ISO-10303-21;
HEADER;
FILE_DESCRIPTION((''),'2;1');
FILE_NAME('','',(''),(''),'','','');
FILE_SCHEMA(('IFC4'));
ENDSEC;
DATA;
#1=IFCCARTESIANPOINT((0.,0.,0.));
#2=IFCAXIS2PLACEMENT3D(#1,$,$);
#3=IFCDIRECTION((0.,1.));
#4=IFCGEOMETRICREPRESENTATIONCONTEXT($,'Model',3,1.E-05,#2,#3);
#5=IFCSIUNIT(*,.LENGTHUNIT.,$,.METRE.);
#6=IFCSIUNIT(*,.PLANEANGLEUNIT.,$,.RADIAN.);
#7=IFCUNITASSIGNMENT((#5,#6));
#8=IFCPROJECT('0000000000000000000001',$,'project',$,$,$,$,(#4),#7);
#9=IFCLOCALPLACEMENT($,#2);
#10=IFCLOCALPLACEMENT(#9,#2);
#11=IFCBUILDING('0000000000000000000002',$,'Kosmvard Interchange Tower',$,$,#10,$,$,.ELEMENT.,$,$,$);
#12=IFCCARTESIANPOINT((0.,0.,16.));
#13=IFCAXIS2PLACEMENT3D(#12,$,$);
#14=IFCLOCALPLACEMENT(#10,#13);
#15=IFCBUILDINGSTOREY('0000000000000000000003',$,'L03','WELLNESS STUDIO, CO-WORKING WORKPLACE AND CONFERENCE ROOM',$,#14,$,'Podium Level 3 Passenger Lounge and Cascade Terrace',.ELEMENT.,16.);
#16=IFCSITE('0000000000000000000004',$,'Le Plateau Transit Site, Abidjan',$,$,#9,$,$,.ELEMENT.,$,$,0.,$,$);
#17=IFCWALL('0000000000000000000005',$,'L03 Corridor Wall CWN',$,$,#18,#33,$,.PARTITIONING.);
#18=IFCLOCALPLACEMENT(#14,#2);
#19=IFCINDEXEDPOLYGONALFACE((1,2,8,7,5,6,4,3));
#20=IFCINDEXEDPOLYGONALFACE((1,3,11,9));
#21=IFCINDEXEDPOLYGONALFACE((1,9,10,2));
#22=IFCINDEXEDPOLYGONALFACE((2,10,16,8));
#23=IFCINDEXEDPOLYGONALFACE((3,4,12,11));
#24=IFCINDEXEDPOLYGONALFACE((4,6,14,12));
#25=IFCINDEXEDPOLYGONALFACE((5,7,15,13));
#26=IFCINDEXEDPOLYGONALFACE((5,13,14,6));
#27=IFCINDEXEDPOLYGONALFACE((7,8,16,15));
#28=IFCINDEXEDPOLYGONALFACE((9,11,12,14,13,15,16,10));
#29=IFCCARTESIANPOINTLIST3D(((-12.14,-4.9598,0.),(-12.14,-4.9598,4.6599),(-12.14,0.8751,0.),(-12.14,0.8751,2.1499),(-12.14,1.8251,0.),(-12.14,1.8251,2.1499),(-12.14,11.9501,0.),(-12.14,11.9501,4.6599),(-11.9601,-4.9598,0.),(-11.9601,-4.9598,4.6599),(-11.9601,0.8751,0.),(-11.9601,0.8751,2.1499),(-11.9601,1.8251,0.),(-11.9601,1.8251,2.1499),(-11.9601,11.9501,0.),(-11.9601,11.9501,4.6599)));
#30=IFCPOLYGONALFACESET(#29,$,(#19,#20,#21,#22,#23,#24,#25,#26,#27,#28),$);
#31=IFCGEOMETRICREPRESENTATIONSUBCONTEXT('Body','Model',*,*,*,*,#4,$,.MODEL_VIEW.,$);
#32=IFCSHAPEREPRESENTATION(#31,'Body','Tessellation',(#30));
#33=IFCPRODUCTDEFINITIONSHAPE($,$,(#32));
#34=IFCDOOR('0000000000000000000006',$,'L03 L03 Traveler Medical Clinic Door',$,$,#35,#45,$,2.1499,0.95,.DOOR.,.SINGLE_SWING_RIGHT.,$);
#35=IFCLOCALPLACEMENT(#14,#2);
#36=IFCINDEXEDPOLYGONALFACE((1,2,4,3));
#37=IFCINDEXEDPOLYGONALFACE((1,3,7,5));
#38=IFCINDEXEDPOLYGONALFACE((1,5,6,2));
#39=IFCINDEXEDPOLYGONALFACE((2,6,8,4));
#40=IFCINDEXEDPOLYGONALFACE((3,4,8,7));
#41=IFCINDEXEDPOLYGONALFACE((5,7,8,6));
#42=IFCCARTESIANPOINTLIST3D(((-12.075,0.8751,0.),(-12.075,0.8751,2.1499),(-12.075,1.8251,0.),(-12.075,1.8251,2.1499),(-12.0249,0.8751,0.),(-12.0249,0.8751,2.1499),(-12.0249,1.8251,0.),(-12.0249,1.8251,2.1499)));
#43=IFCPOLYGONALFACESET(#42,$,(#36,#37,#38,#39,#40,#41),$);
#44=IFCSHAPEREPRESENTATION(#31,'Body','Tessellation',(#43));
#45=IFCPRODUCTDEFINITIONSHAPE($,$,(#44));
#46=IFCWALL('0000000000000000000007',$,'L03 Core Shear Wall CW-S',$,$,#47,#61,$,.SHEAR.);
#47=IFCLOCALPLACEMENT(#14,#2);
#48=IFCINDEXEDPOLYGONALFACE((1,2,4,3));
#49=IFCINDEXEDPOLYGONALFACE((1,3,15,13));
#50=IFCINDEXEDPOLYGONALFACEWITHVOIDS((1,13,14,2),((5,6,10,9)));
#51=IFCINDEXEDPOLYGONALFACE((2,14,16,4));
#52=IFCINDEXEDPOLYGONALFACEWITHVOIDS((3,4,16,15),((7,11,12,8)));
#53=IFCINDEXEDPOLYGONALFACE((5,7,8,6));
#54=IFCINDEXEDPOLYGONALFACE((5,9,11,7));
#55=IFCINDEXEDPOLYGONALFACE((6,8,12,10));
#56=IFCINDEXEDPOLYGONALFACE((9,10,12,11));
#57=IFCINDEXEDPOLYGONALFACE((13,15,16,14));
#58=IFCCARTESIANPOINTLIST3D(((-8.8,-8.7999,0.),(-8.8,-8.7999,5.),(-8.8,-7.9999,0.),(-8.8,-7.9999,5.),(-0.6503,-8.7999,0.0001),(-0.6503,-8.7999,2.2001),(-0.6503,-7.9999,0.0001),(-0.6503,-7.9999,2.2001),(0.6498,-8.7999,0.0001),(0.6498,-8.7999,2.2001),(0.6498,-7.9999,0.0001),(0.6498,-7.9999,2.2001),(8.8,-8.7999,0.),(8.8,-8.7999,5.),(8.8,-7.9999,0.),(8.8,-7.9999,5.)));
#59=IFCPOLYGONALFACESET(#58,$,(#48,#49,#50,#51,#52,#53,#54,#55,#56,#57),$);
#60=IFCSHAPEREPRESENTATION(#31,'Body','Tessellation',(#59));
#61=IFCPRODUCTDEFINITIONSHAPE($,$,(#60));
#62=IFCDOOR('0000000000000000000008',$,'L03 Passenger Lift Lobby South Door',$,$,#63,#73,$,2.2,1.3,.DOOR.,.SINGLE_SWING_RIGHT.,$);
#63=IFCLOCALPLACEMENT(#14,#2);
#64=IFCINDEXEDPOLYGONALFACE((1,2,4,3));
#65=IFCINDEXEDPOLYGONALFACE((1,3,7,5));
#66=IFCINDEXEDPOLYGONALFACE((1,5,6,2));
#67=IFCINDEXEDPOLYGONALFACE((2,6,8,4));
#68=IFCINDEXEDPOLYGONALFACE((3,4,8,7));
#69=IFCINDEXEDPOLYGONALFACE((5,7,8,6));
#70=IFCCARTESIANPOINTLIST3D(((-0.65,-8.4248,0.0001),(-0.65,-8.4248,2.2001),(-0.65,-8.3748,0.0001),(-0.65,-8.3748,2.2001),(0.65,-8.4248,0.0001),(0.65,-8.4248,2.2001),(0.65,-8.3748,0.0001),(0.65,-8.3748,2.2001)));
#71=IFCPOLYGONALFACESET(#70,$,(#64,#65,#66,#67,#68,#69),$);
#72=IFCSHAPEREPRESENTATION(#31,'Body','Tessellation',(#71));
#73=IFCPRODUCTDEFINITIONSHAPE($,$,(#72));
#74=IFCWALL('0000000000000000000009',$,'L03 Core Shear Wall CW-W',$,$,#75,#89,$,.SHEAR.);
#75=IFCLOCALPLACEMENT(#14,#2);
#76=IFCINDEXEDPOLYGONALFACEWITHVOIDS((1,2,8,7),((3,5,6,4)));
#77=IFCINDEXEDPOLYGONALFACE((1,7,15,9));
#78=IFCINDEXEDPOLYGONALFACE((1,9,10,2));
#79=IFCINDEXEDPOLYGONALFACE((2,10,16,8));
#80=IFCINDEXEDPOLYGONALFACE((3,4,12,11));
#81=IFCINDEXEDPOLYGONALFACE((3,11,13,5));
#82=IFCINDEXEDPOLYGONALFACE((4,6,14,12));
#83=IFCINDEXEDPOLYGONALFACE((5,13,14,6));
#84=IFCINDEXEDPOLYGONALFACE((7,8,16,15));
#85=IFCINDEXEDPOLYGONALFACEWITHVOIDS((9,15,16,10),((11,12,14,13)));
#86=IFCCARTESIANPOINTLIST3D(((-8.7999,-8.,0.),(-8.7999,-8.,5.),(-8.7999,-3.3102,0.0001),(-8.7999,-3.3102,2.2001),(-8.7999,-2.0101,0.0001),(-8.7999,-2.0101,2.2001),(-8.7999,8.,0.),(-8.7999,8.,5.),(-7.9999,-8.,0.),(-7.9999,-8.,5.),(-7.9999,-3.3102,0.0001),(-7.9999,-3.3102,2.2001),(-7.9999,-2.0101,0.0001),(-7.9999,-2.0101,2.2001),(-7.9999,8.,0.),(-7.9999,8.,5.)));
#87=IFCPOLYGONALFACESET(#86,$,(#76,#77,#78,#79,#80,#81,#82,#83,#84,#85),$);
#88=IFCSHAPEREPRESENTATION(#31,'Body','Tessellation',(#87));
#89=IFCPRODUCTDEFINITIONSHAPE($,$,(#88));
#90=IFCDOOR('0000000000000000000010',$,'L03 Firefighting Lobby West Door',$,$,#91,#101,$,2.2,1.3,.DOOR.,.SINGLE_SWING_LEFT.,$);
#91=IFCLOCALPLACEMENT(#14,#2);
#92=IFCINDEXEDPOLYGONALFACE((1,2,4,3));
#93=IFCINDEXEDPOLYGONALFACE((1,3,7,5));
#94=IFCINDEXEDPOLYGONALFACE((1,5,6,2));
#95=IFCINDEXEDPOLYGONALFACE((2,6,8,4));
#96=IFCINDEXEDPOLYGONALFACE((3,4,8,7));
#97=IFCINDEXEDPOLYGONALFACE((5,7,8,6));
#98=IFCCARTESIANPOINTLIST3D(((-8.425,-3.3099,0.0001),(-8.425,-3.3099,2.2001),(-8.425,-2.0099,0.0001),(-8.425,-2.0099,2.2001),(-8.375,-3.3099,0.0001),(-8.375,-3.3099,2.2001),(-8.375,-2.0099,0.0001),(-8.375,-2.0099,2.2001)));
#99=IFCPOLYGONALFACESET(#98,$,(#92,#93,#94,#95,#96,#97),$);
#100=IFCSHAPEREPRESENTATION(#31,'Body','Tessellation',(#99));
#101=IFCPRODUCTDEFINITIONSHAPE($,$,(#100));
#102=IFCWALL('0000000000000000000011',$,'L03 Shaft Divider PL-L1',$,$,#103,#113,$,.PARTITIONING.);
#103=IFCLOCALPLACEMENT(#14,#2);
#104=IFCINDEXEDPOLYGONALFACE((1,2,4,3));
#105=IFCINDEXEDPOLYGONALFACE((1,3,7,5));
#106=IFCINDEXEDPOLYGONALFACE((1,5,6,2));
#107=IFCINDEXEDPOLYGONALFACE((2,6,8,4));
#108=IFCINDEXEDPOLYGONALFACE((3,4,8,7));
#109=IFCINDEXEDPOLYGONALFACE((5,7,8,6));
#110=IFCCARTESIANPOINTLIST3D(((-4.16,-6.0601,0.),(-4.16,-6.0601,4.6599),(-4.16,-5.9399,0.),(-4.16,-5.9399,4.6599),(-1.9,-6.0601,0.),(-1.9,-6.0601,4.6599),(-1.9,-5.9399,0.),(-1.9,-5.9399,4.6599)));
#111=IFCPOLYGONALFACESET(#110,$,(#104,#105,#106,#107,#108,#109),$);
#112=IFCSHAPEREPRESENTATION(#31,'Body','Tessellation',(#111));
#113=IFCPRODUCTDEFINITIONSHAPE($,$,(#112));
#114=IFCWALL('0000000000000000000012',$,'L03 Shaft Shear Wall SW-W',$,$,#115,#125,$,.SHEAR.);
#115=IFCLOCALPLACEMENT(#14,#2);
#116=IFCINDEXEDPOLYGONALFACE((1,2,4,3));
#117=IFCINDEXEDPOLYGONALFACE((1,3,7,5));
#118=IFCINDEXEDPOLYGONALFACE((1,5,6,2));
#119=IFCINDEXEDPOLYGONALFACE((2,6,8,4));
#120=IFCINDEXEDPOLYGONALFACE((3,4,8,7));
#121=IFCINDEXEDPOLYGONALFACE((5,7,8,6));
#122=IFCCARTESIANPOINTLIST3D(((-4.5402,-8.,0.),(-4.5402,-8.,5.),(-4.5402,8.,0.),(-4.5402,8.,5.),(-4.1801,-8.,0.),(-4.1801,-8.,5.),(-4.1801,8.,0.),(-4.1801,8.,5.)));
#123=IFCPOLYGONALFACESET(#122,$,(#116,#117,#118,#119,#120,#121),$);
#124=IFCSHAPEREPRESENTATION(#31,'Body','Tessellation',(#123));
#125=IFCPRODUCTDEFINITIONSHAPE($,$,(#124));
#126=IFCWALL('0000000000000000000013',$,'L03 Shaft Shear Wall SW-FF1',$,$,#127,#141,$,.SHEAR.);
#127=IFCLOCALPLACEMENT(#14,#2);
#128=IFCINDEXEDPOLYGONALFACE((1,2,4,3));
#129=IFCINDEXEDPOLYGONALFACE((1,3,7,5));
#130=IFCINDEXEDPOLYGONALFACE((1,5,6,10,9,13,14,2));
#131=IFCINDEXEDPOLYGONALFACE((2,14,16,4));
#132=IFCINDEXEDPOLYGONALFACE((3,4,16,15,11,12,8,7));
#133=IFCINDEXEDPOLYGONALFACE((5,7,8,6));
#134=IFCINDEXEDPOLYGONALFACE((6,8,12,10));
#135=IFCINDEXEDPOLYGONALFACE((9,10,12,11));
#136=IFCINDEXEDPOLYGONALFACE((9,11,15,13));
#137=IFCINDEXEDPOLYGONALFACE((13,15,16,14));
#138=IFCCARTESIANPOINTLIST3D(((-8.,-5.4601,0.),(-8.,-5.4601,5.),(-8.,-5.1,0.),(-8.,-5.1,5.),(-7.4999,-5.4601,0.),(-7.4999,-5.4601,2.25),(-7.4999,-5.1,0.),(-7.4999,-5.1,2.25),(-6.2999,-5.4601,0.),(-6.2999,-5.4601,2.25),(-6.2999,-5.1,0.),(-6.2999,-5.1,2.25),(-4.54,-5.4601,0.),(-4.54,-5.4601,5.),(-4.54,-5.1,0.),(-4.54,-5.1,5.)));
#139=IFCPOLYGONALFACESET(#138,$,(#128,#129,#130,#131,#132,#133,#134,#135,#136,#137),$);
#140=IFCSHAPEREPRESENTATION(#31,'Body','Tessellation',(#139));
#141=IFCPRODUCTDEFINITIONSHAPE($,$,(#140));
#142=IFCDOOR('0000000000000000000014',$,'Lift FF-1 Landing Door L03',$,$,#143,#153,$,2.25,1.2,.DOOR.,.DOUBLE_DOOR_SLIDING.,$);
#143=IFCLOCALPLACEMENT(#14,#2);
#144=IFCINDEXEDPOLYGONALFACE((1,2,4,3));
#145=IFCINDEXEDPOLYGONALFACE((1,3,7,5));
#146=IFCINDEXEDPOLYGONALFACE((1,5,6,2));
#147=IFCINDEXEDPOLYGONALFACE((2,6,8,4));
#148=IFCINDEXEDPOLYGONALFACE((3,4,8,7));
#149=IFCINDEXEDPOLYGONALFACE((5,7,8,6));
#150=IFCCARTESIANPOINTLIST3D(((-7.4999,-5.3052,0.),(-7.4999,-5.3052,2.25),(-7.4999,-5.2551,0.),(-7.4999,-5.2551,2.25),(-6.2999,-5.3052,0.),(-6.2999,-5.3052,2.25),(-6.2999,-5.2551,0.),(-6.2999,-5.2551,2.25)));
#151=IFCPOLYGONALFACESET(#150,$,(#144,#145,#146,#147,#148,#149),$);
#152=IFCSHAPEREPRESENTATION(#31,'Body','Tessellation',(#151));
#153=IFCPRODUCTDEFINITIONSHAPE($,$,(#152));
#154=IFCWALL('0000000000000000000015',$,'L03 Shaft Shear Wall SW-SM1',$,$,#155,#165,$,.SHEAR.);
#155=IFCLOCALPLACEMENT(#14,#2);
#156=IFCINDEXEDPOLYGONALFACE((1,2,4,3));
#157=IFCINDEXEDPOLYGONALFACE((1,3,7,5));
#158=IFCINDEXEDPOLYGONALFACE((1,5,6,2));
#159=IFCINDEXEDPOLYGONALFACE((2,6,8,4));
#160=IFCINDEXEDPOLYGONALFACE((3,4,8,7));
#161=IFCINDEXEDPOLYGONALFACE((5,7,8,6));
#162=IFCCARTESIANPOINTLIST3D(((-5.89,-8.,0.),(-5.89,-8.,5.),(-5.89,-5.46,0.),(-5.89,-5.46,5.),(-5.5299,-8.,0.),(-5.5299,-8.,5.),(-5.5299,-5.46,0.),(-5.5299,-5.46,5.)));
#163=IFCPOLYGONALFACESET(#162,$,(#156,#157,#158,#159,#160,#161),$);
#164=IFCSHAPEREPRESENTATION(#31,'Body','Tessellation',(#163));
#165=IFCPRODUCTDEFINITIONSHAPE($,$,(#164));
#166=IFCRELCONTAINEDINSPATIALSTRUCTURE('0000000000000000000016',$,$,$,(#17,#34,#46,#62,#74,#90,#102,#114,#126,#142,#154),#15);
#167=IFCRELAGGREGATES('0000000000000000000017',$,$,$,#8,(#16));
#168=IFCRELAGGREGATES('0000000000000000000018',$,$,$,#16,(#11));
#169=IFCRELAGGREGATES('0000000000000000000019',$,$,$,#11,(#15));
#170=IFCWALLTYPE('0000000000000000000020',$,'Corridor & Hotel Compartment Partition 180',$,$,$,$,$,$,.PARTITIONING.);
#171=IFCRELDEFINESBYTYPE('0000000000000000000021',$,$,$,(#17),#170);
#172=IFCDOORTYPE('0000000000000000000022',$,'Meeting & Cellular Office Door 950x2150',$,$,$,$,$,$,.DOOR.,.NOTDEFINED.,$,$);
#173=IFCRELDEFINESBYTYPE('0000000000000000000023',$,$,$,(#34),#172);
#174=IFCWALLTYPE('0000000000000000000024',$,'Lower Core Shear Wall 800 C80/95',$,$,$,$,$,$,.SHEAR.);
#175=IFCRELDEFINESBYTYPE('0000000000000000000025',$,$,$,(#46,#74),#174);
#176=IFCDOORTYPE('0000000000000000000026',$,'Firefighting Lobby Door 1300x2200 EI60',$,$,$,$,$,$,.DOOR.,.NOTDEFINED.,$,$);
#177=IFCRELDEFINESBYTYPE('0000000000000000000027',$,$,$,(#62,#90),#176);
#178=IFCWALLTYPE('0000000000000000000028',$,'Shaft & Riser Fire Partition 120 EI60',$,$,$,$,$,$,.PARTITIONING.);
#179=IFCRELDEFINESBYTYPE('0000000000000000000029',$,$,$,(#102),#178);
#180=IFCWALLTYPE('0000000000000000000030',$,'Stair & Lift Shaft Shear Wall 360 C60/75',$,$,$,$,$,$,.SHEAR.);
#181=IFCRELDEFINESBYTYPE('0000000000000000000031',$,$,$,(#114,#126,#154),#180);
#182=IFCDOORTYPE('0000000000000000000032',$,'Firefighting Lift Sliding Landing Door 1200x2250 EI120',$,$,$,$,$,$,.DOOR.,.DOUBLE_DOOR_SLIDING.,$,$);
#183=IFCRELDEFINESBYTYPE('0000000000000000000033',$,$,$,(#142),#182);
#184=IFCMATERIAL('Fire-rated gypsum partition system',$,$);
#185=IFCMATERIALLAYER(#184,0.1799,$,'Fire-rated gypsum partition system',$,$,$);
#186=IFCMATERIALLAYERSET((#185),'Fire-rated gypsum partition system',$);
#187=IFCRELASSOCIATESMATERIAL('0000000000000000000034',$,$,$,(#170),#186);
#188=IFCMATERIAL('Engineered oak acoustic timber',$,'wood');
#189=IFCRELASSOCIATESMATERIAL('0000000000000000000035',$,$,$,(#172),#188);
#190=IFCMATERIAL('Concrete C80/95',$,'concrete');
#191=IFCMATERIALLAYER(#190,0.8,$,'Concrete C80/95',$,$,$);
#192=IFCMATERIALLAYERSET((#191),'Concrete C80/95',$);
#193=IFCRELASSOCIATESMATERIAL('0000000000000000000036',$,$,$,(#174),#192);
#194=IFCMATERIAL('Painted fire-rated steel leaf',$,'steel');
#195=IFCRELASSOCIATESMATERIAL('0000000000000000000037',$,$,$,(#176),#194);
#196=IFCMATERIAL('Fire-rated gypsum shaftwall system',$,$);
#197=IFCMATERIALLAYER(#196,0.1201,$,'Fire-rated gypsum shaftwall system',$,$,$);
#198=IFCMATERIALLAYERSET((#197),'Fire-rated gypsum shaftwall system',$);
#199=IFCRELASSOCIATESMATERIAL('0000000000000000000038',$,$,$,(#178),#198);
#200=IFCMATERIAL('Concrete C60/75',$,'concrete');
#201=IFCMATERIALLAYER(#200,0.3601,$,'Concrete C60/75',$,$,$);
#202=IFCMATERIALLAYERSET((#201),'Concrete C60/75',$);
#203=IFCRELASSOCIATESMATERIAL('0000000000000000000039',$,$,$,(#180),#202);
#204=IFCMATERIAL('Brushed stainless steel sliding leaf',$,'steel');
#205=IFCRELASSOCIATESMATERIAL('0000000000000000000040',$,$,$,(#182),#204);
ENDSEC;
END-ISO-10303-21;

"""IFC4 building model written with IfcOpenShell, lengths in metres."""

from ifc_helpers import new_model, si_unit, direction, frame, frame_2d, origin, place, context, subcontext, project, spatial, rectangle, extrude, source, transform, mapped, material, layer, layer_set, type_object, element, fill, save


model = new_model("IFC4")

# Units and contexts
model_context = context("Model", 3, precision=1e-05, world=origin(), true_north=direction((0.0, 1.0)))
body_context = subcontext(model_context, "Body", "Model", "MODEL_VIEW")
ifc_project = project(units=[si_unit("LENGTHUNIT", "METRE"), si_unit("PLANEANGLEUNIT", "RADIAN")], contexts=[model_context])

# Site, building, storey
site_placement = place(None, origin())
site = spatial("IfcSite", under=ifc_project, at=site_placement, Name="Le Plateau Transit Site, Abidjan", CompositionType="ELEMENT", RefElevation=0.0)
building_placement = place(site_placement, origin())
building = spatial("IfcBuilding", under=site, at=building_placement, Name="Kosmvard Interchange Tower", CompositionType="ELEMENT")
storey_placement = place(building_placement, frame((0.0, 0.0, 16.0)))
storey = spatial("IfcBuildingStorey", under=building, at=storey_placement, Name="L03", Description="WELLNESS STUDIO, CO-WORKING WORKPLACE AND CONFERENCE ROOM", LongName="Podium Level 3 Passenger Lounge and Cascade Terrace", CompositionType="ELEMENT", Elevation=16.0)

# Shared definitions
ifc_material_1 = material(Name="Concrete C80/95", Category="concrete")

# Shared definitions
ifc_material_2 = material(Name="Fire-rated gypsum partition system")
ifc_layer_1 = layer(ifc_material_2, 0.1799, Name="Fire-rated gypsum partition system")
ifc_layer_set_1 = layer_set([ifc_layer_1], Name="Fire-rated gypsum partition system")
wall_type_1 = type_object("IfcWallType", Name="Corridor & Hotel Compartment Partition 180", PredefinedType="PARTITIONING", material=ifc_layer_set_1)
ifc_material_3 = material(Name="Brushed stainless steel sliding leaf", Category="steel")

# Walls, openings, doors
wall_1_placement = place(storey_placement, frame((-12.05, -4.96, 0.0), z_axis=(0.0, 0.0, 1.0), x_axis=(0.0, 1.0, 0.0)))
wall_1 = element("IfcWall", 1, at=wall_1_placement, inside=storey, type_object=wall_type_1, Name="L03 Corridor Wall CWN", PredefinedType="PARTITIONING", context=body_context, shape_type="SweptSolid", body=[
    extrude(rectangle(XDim=16.9099, YDim=0.1799, at=frame_2d((8.4551, 0.0))), origin(), (0.0, 0.0, 1.0), 4.6599),
])
opening_1_placement = place(wall_1_placement, frame((5.835, 0.0, 0.0)))
opening_1 = element("IfcOpeningElement", 2, at=opening_1_placement, cuts=wall_1, PredefinedType="OPENING", context=body_context, shape_type="SweptSolid", body=[
    extrude(rectangle(XDim=0.95, YDim=2.1499, at=frame_2d((0.4751, 1.075))), frame((0.0, 0.1001, 0.0), z_axis=(0.0, -1.0, 0.0), x_axis=(1.0, 0.0, 0.0)), (0.0, 0.0, 1.0), 0.2),
])
ifc_material_4 = material(Name="Engineered oak acoustic timber", Category="wood")
door_type_1 = type_object("IfcDoorType", Name="Meeting & Cellular Office Door 950x2150", OperationType="NOTDEFINED", PredefinedType="DOOR", material=ifc_material_4)
shared_shape_1 = source(origin(), body_context, "Body", "SweptSolid", [
    extrude(rectangle(XDim=0.95, YDim=2.1499, at=frame_2d((0.4751, 1.075))), frame((0.0, 0.0249, 0.0), z_axis=(0.0, -1.0, 0.0), x_axis=(1.0, 0.0, 0.0)), (0.0, 0.0, 1.0), 0.05),
])
door_1_placement = place(opening_1_placement, origin())
door_1 = element("IfcDoor", 3, at=door_1_placement, inside=storey, type_object=door_type_1, Name="L03 L03 Traveler Medical Clinic Door", OperationType="SINGLE_SWING_RIGHT", OverallHeight=2.1499, OverallWidth=0.95, PredefinedType="DOOR", context=body_context, shape_type="MappedRepresentation", body=[
    mapped(shared_shape_1, transform((0.0, 0.0, 0.0), scale=1.0)),
])
fill(opening_1, door_1)
ifc_layer_2 = layer(ifc_material_1, 0.8, Name="Concrete C80/95")
ifc_layer_set_2 = layer_set([ifc_layer_2], Name="Concrete C80/95")
wall_type_2 = type_object("IfcWallType", Name="Lower Core Shear Wall 800 C80/95", PredefinedType="SHEAR", material=ifc_layer_set_2)
wall_2_placement = place(storey_placement, frame((-8.8, -8.3999, 0.0), z_axis=(0.0, 0.0, 1.0), x_axis=(1.0, 0.0, 0.0)))
wall_2 = element("IfcWall", 4, at=wall_2_placement, inside=storey, type_object=wall_type_2, Name="L03 Core Shear Wall CW-S", PredefinedType="SHEAR", context=body_context, shape_type="SweptSolid", body=[
    extrude(rectangle(XDim=17.6001, YDim=0.8, at=frame_2d((8.8, 0.0))), origin(), (0.0, 0.0, 1.0), 5.0),
])
opening_2_placement = place(wall_2_placement, frame((8.1499, 0.0, 0.0)))
opening_2 = element("IfcOpeningElement", 5, at=opening_2_placement, cuts=wall_2, PredefinedType="OPENING", context=body_context, shape_type="SweptSolid", body=[
    extrude(rectangle(XDim=1.3, YDim=2.2, at=frame_2d((0.6499, 1.1001))), frame((0.0, 0.4102, 0.0), z_axis=(0.0, -1.0, 0.0), x_axis=(1.0, 0.0, 0.0)), (0.0, 0.0, 1.0), 0.8201),
])
ifc_material_5 = material(Name="Painted fire-rated steel leaf", Category="steel")
door_type_2 = type_object("IfcDoorType", Name="Firefighting Lobby Door 1300x2200 EI60", OperationType="NOTDEFINED", PredefinedType="DOOR", material=ifc_material_5)
shared_shape_2 = source(origin(), body_context, "Body", "SweptSolid", [
    extrude(rectangle(XDim=1.3, YDim=2.2, at=frame_2d((0.6499, 1.1001))), frame((0.0, 0.0249, 0.0), z_axis=(0.0, -1.0, 0.0), x_axis=(1.0, 0.0, 0.0)), (0.0, 0.0, 1.0), 0.05),
])
door_2_placement = place(opening_2_placement, frame((1.3, 0.0, 0.0), z_axis=(0.0, 0.0, 1.0), x_axis=(-1.0, 0.0, 0.0)))
door_2 = element("IfcDoor", 6, at=door_2_placement, inside=storey, type_object=door_type_2, Name="L03 Passenger Lift Lobby South Door", OperationType="SINGLE_SWING_RIGHT", OverallHeight=2.2, OverallWidth=1.3, PredefinedType="DOOR", context=body_context, shape_type="MappedRepresentation", body=[
    mapped(shared_shape_2, transform((0.0, 0.0, 0.0), scale=1.0)),
])
fill(opening_2, door_2)
wall_3_placement = place(storey_placement, frame((-8.3999, -8.0, 0.0), z_axis=(0.0, 0.0, 1.0), x_axis=(0.0, 1.0, 0.0)))
wall_3 = element("IfcWall", 7, at=wall_3_placement, inside=storey, type_object=wall_type_2, Name="L03 Core Shear Wall CW-W", PredefinedType="SHEAR", context=body_context, shape_type="SweptSolid", body=[
    extrude(rectangle(XDim=16.0, YDim=0.8, at=frame_2d((8.0, 0.0))), origin(), (0.0, 0.0, 1.0), 5.0),
])
opening_3_placement = place(wall_3_placement, frame((4.6899, 0.0, 0.0)))
opening_3 = element("IfcOpeningElement", 8, at=opening_3_placement, cuts=wall_3, PredefinedType="OPENING", context=body_context, shape_type="SweptSolid", body=[
    extrude(rectangle(XDim=1.3, YDim=2.2, at=frame_2d((0.6499, 1.1001))), frame((0.0, 0.4102, 0.0), z_axis=(0.0, -1.0, 0.0), x_axis=(1.0, 0.0, 0.0)), (0.0, 0.0, 1.0), 0.8201),
])
door_3_placement = place(opening_3_placement, frame((1.3, 0.0, 0.0), z_axis=(0.0, 0.0, 1.0), x_axis=(-1.0, 0.0, 0.0)))
door_3 = element("IfcDoor", 9, at=door_3_placement, inside=storey, type_object=door_type_2, Name="L03 Firefighting Lobby West Door", OperationType="SINGLE_SWING_LEFT", OverallHeight=2.2, OverallWidth=1.3, PredefinedType="DOOR", context=body_context, shape_type="MappedRepresentation", body=[
    mapped(shared_shape_2, transform((0.0, 0.0, 0.0), scale=1.0)),
])
fill(opening_3, door_3)

# Walls
ifc_material_6 = material(Name="Fire-rated gypsum shaftwall system")
ifc_layer_3 = layer(ifc_material_6, 0.1201, Name="Fire-rated gypsum shaftwall system")
ifc_layer_set_3 = layer_set([ifc_layer_3], Name="Fire-rated gypsum shaftwall system")
wall_type_3 = type_object("IfcWallType", Name="Shaft & Riser Fire Partition 120 EI60", PredefinedType="PARTITIONING", material=ifc_layer_set_3)
wall_4_placement = place(storey_placement, frame((-4.1599, -6.0, 0.0), z_axis=(0.0, 0.0, 1.0), x_axis=(1.0, 0.0, 0.0)))
element("IfcWall", 10, at=wall_4_placement, inside=storey, type_object=wall_type_3, Name="L03 Shaft Divider PL-L1", PredefinedType="PARTITIONING", context=body_context, shape_type="SweptSolid", body=[
    extrude(rectangle(XDim=2.26, YDim=0.1201, at=frame_2d((1.1299, 0.0))), origin(), (0.0, 0.0, 1.0), 4.6599),
])
ifc_material_7 = material(Name="Concrete C60/75", Category="concrete")
ifc_layer_4 = layer(ifc_material_7, 0.3601, Name="Concrete C60/75")
ifc_layer_set_4 = layer_set([ifc_layer_4], Name="Concrete C60/75")
wall_type_4 = type_object("IfcWallType", Name="Stair & Lift Shaft Shear Wall 360 C60/75", PredefinedType="SHEAR", material=ifc_layer_set_4)
wall_5_placement = place(storey_placement, frame((-4.3601, -8.0, 0.0), z_axis=(0.0, 0.0, 1.0), x_axis=(0.0, 1.0, 0.0)))
element("IfcWall", 11, at=wall_5_placement, inside=storey, type_object=wall_type_4, Name="L03 Shaft Shear Wall SW-W", PredefinedType="SHEAR", context=body_context, shape_type="SweptSolid", body=[
    extrude(rectangle(XDim=16.0, YDim=0.3601, at=frame_2d((8.0, 0.0))), origin(), (0.0, 0.0, 1.0), 5.0),
])

# Wall, opening, door
wall_6_placement = place(storey_placement, frame((-8.0, -5.28, 0.0), z_axis=(0.0, 0.0, 1.0), x_axis=(1.0, 0.0, 0.0)))
wall_6 = element("IfcWall", 12, at=wall_6_placement, inside=storey, type_object=wall_type_4, Name="L03 Shaft Shear Wall SW-FF1", PredefinedType="SHEAR", context=body_context, shape_type="SweptSolid", body=[
    extrude(rectangle(XDim=3.46, YDim=0.3601, at=frame_2d((1.73, 0.0))), origin(), (0.0, 0.0, 1.0), 5.0),
])
opening_4_placement = place(wall_6_placement, frame((0.5, 0.0, 0.0)))
opening_4 = element("IfcOpeningElement", 13, at=opening_4_placement, cuts=wall_6, PredefinedType="OPENING", context=body_context, shape_type="SweptSolid", body=[
    extrude(rectangle(XDim=1.2, YDim=2.25, at=frame_2d((0.6001, 1.125))), frame((0.0, 0.1899, 0.0), z_axis=(0.0, -1.0, 0.0), x_axis=(1.0, 0.0, 0.0)), (0.0, 0.0, 1.0), 0.3801),
])
door_type_3 = type_object("IfcDoorType", Name="Firefighting Lift Sliding Landing Door 1200x2250 EI120", OperationType="DOUBLE_DOOR_SLIDING", PredefinedType="DOOR", material=ifc_material_3)
shared_shape_3 = source(origin(), body_context, "Body", "SweptSolid", [
    extrude(rectangle(XDim=1.2, YDim=2.25, at=frame_2d((0.6001, 1.125))), frame((0.0, 0.0249, 0.0), z_axis=(0.0, -1.0, 0.0), x_axis=(1.0, 0.0, 0.0)), (0.0, 0.0, 1.0), 0.05),
])
door_4_placement = place(opening_4_placement, origin())
door_4 = element("IfcDoor", 14, at=door_4_placement, inside=storey, type_object=door_type_3, Name="Lift FF-1 Landing Door L03", OperationType="DOUBLE_DOOR_SLIDING", OverallHeight=2.25, OverallWidth=1.2, PredefinedType="DOOR", context=body_context, shape_type="MappedRepresentation", body=[
    mapped(shared_shape_3, transform((0.0, 0.0, 0.0), scale=1.0)),
])
fill(opening_4, door_4)

# Wall
wall_7_placement = place(storey_placement, frame((-5.71, -8.0, 0.0), z_axis=(0.0, 0.0, 1.0), x_axis=(0.0, 1.0, 0.0)))
element("IfcWall", 15, at=wall_7_placement, inside=storey, type_object=wall_type_4, Name="L03 Shaft Shear Wall SW-SM1", PredefinedType="SHEAR", context=body_context, shape_type="SweptSolid", body=[
    extrude(rectangle(XDim=2.54, YDim=0.3601, at=frame_2d((1.27, 0.0))), origin(), (0.0, 0.0, 1.0), 5.0),
])

save(model, "model.ifc")
